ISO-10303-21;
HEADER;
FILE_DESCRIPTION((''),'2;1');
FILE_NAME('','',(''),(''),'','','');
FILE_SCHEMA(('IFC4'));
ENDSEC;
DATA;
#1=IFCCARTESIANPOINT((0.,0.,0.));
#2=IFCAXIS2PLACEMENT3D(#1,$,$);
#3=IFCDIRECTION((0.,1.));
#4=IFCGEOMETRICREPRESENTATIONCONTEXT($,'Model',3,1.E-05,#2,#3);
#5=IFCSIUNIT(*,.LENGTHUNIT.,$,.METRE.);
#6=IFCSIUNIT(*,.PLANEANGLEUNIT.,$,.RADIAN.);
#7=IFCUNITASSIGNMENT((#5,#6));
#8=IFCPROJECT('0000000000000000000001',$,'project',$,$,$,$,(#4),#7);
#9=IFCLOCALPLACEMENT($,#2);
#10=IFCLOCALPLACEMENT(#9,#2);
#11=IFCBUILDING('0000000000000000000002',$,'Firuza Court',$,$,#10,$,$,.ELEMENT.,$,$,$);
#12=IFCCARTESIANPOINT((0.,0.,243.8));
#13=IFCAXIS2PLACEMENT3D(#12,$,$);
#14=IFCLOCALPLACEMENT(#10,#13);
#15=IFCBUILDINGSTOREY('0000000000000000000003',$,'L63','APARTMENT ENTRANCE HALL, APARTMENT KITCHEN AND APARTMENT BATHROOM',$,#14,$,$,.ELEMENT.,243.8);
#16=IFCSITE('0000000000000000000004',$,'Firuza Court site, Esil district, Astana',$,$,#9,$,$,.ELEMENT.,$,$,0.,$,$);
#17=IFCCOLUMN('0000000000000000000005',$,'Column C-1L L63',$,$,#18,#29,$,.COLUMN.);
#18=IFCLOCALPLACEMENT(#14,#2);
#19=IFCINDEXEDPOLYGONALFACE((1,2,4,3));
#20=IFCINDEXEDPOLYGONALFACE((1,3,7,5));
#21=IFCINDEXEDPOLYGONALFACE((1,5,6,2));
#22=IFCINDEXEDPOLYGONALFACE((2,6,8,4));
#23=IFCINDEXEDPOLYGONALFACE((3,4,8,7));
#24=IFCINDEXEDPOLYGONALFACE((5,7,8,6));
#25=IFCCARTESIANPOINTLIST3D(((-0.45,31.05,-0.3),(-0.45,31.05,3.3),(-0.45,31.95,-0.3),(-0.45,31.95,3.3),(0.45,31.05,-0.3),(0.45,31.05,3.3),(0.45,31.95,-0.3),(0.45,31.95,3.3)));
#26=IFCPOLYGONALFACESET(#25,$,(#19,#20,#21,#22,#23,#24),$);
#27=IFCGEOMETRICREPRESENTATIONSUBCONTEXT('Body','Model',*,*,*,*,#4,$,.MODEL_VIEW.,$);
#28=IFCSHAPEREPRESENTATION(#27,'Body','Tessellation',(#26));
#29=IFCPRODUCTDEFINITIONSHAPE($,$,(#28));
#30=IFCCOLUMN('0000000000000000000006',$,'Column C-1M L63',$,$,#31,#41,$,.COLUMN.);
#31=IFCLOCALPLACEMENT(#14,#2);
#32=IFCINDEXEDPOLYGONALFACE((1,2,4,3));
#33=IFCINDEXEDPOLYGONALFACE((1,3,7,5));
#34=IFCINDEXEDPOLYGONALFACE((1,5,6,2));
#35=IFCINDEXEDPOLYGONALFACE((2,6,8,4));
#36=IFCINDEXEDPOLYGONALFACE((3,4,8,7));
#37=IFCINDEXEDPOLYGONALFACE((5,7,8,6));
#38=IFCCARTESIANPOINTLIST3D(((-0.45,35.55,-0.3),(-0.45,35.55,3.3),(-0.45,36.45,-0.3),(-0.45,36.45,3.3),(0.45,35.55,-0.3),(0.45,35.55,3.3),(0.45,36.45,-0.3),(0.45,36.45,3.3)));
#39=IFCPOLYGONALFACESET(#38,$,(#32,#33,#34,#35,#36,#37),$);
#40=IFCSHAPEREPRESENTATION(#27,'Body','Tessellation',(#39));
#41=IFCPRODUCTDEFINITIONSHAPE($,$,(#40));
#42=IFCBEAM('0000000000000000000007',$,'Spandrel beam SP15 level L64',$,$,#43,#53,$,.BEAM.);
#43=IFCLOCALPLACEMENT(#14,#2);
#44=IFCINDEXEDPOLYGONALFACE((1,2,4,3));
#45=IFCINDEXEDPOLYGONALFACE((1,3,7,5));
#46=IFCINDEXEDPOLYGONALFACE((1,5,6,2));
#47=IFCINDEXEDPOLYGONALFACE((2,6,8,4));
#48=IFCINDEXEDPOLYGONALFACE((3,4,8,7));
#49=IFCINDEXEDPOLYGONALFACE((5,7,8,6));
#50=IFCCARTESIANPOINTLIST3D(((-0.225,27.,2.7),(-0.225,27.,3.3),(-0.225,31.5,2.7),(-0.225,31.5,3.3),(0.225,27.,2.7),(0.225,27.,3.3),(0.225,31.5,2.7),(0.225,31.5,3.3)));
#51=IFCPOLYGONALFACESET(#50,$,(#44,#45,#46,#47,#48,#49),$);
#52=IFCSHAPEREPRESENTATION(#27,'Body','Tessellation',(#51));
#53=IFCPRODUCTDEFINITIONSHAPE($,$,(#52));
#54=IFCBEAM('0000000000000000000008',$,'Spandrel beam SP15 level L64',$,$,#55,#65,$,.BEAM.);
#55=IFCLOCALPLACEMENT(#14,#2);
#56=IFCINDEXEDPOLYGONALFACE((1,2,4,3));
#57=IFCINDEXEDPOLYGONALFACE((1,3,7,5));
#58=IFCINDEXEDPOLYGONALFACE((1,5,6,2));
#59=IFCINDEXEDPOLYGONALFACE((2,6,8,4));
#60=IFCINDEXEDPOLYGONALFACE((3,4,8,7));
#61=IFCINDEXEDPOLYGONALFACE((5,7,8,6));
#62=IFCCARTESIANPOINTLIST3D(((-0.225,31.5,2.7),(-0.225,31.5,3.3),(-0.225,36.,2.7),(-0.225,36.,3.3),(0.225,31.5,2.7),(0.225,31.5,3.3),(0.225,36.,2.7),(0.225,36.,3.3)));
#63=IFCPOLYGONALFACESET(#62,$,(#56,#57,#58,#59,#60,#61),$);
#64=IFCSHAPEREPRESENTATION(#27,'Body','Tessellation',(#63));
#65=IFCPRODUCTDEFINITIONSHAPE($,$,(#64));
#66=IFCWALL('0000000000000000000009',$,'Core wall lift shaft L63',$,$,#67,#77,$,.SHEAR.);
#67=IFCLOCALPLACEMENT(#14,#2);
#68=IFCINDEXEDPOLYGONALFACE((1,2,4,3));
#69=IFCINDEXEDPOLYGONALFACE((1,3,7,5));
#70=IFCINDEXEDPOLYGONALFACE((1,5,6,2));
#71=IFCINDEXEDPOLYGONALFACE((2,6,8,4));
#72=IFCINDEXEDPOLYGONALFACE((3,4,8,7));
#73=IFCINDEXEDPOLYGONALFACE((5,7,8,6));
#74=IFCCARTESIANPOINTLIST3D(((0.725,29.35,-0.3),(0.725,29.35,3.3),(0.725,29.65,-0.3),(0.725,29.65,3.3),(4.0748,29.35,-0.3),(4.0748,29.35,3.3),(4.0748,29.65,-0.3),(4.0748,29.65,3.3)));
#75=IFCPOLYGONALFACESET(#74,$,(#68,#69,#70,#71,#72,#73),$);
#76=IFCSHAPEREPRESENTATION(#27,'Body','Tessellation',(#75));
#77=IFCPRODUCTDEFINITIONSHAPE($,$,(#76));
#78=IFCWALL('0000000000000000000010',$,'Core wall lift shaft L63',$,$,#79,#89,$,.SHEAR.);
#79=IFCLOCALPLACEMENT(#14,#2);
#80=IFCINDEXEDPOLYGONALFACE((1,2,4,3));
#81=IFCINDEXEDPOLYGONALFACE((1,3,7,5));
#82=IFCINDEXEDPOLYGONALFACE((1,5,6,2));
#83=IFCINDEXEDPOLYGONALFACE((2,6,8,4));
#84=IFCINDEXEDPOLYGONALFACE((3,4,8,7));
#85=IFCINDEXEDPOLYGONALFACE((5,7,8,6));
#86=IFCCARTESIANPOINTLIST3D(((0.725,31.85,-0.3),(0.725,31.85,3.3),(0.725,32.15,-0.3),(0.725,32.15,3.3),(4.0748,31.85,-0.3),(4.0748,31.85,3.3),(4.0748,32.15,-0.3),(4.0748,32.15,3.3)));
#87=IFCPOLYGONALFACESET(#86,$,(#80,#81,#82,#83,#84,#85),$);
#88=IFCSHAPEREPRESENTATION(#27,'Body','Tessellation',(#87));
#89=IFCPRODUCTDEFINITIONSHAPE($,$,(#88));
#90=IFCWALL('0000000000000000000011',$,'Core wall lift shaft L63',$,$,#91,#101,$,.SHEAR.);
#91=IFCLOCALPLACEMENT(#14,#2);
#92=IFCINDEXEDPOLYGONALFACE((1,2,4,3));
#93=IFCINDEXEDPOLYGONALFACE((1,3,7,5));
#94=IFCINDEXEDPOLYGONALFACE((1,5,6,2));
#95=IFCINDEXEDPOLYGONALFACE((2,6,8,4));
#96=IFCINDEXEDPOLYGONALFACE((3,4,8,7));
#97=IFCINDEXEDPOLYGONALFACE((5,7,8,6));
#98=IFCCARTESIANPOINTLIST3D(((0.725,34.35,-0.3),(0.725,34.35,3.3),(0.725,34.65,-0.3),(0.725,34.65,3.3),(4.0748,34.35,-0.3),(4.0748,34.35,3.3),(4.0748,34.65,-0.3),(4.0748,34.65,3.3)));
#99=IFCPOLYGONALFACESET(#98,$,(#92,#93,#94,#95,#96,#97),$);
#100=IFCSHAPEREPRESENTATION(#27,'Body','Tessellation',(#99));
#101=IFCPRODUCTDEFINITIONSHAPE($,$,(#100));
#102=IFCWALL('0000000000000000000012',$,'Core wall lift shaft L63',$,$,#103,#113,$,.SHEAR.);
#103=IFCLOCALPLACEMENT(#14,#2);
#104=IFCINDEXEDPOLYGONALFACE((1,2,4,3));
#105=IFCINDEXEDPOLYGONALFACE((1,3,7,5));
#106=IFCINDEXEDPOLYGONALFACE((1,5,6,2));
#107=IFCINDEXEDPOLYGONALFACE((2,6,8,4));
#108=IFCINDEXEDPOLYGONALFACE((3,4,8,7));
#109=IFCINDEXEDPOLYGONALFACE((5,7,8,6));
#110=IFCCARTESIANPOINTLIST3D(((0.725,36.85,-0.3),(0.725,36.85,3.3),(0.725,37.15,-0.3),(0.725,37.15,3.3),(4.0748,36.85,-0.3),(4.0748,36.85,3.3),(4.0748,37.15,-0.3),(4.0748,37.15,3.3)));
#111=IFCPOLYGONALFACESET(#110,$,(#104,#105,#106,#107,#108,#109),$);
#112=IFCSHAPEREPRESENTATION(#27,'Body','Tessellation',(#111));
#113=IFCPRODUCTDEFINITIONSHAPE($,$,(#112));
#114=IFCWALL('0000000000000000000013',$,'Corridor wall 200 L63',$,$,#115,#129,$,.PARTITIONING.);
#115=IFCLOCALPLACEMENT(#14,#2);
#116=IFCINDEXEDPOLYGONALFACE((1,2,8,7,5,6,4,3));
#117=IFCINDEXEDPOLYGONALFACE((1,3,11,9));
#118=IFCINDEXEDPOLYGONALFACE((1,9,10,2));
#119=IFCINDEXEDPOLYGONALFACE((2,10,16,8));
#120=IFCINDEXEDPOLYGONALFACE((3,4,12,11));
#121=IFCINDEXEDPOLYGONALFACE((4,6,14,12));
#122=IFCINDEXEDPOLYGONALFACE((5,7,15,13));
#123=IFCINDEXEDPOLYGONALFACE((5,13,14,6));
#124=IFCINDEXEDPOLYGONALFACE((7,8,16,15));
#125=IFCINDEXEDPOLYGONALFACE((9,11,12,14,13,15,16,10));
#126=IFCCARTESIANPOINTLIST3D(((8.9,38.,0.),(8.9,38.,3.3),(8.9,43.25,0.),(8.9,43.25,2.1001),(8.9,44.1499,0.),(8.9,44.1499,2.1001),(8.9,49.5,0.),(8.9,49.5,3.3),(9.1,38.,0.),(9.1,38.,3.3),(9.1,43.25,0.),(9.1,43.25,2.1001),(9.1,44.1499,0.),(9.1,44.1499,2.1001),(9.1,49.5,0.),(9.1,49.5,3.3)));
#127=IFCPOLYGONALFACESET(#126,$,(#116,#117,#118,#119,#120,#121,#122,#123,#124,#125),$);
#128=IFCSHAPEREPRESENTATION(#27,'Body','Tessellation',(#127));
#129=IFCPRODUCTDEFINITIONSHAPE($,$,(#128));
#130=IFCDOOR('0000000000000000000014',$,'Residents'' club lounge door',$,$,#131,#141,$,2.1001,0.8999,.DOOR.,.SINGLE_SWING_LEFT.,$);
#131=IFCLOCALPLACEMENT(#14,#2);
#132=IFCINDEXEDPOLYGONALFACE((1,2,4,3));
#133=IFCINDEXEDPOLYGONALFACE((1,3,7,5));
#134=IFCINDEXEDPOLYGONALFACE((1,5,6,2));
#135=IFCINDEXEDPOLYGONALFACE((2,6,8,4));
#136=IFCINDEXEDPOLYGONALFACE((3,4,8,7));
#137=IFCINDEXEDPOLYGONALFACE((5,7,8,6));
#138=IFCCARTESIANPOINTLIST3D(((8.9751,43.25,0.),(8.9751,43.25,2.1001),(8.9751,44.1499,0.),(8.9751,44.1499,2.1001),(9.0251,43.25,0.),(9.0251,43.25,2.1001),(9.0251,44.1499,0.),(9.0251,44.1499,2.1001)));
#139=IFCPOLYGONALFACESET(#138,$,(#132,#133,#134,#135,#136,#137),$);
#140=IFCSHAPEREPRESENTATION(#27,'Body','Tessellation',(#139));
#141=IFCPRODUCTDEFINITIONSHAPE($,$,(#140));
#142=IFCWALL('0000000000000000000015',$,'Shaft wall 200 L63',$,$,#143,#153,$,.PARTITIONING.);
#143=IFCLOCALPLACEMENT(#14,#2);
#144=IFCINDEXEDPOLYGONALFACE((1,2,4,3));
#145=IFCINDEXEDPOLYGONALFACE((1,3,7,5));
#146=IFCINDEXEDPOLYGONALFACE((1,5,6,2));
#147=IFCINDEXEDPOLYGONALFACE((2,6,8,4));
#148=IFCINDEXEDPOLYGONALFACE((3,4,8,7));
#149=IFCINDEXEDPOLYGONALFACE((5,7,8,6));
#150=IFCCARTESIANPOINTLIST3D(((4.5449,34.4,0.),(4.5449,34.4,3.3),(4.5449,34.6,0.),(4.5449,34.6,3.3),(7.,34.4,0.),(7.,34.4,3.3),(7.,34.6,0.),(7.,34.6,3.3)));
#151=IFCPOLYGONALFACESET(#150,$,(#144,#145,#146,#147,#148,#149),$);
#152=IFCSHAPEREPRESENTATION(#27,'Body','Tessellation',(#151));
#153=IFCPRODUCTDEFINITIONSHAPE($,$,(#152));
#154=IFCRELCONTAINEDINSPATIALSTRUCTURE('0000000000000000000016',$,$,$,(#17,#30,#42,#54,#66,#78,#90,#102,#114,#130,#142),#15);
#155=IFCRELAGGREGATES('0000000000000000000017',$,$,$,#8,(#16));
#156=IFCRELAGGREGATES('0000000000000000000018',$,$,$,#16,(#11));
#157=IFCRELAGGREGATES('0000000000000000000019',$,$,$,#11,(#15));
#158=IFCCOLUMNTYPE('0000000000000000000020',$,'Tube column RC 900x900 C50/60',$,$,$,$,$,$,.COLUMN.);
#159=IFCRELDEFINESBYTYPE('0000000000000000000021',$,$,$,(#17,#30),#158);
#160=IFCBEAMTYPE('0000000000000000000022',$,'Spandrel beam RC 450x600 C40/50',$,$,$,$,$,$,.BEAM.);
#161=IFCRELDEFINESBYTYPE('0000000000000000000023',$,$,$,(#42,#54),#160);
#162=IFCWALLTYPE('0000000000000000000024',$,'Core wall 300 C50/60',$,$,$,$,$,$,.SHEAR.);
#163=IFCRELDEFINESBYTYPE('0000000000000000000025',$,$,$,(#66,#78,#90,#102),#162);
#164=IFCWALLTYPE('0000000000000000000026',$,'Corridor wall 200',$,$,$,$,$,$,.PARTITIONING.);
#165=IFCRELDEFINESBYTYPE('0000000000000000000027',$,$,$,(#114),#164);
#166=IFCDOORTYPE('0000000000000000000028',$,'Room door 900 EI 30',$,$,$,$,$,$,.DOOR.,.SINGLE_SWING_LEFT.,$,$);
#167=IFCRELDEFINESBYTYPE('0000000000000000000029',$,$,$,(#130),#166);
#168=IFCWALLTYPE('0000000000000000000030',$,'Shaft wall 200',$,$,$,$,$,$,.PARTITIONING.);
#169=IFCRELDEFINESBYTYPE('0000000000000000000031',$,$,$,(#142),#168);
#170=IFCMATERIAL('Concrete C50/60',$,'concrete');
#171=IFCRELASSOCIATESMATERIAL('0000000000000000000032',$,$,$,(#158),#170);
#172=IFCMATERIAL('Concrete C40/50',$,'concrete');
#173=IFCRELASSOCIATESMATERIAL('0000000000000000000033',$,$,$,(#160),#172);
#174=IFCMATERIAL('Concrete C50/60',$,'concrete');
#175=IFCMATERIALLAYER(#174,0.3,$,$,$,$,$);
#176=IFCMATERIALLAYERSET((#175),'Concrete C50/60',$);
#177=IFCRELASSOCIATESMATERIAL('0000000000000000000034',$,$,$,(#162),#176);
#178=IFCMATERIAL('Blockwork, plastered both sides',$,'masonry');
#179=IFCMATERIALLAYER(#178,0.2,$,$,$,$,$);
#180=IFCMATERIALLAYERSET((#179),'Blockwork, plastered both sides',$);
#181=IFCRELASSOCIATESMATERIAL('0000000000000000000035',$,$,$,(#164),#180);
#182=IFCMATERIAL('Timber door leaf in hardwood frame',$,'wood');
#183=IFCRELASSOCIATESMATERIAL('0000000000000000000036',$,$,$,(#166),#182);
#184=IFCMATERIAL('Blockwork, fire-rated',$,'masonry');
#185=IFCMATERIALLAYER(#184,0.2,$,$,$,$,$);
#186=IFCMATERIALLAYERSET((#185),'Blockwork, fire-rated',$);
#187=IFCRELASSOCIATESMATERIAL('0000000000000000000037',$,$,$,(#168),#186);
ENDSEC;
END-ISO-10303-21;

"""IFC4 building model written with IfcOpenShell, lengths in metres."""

from ifc_helpers import new_model, si_unit, direction, frame, frame_2d, origin, origin_2d, place, context, subcontext, project, spatial, rectangle, extrude, material, layer, layer_set, material_profile, profile_set, type_object, element, fill, save


model = new_model("IFC4")

# Units and contexts
model_context = context("Model", 3, precision=1e-05, world=origin(), true_north=direction((0.0, 1.0)))
body_context = subcontext(model_context, "Body", "Model", "MODEL_VIEW")
ifc_project = project(units=[si_unit("LENGTHUNIT", "METRE"), si_unit("PLANEANGLEUNIT", "RADIAN")], contexts=[model_context])

# Site, building, storey
site_placement = place(None, origin())
site = spatial("IfcSite", under=ifc_project, at=site_placement, Name="Firuza Court site, Esil district, Astana", CompositionType="ELEMENT", RefElevation=0.0)
building_placement = place(site_placement, origin())
building = spatial("IfcBuilding", under=site, at=building_placement, Name="Firuza Court", CompositionType="ELEMENT")
storey_placement = place(building_placement, frame((0.0, 0.0, 243.8)))
storey = spatial("IfcBuildingStorey", under=building, at=storey_placement, Name="L63", Description="APARTMENT ENTRANCE HALL, APARTMENT KITCHEN AND APARTMENT BATHROOM", CompositionType="ELEMENT", Elevation=243.8)

# Columns
ifc_material_1 = material(Name="Concrete C50/60", Category="concrete")
ifc_material_profile_1 = material_profile(ifc_material_1, rectangle(XDim=0.8999, YDim=0.8999, at=origin_2d()), Name="RC 900x900")
ifc_profile_set_1 = profile_set([ifc_material_profile_1], Name="Concrete C50/60")
column_type = type_object("IfcColumnType", Name="Tube column RC 900x900 C50/60", PredefinedType="COLUMN", material=ifc_profile_set_1)
for number, where, z_axis, x_axis, name in (
    (1, (0.0, 31.5, -0.3), (0.0, 0.0, 1.0), (1.0, 0.0, 0.0), "Column C-1L L63"),
    (2, (0.0, 36.0, -0.3), (0.0, 0.0, 1.0), (1.0, 0.0, 0.0), "Column C-1M L63"),
):
    element("IfcColumn", number, at=place(storey_placement, frame(where, z_axis=z_axis, x_axis=x_axis)), inside=storey, type_object=column_type, Name=name, PredefinedType="COLUMN", context=body_context, shape_type="SweptSolid", body=[
        extrude(rectangle(XDim=0.8999, YDim=0.8999, at=origin_2d()), origin(), (0.0, 0.0, 1.0), 3.6001),
    ])

# Beams
ifc_material_2 = material(Name="Concrete C40/50", Category="concrete")
ifc_material_profile_2 = material_profile(ifc_material_2, rectangle(XDim=0.45, YDim=0.6001, at=origin_2d()), Name="RC 450x600")
ifc_profile_set_2 = profile_set([ifc_material_profile_2], Name="Concrete C40/50")
beam_type = type_object("IfcBeamType", Name="Spandrel beam RC 450x600 C40/50", PredefinedType="BEAM", material=ifc_profile_set_2)
for number, where, z_axis, x_axis, name in (
    (3, (0.0, 31.5, 3.0), (0.0, -1.0, 0.0), (1.0, 0.0, 0.0), "Spandrel beam SP15 level L64"),
    (4, (0.0, 36.0, 3.0), (0.0, -1.0, 0.0), (1.0, 0.0, 0.0), "Spandrel beam SP15 level L64"),
):
    element("IfcBeam", number, at=place(storey_placement, frame(where, z_axis=z_axis, x_axis=x_axis)), inside=storey, type_object=beam_type, Name=name, PredefinedType="BEAM", context=body_context, shape_type="SweptSolid", body=[
        extrude(rectangle(XDim=0.45, YDim=0.6001, at=origin_2d()), origin(), (0.0, 0.0, 1.0), 4.5),
    ])

# Walls
ifc_material_3 = material(Name="Concrete C50/60", Category="concrete")
ifc_layer_1 = layer(ifc_material_3, 0.3)
ifc_layer_set_1 = layer_set([ifc_layer_1], Name="Concrete C50/60")
wall_type_1 = type_object("IfcWallType", Name="Core wall 300 C50/60", PredefinedType="SHEAR", material=ifc_layer_set_1)
for number, where, z_axis, x_axis, name in (
    (5, (0.7251, 29.5, -0.3), (0.0, 0.0, 1.0), (1.0, 0.0, 0.0), "Core wall lift shaft L63"),
    (6, (0.7251, 32.0, -0.3), (0.0, 0.0, 1.0), (1.0, 0.0, 0.0), "Core wall lift shaft L63"),
    (7, (0.7251, 34.5, -0.3), (0.0, 0.0, 1.0), (1.0, 0.0, 0.0), "Core wall lift shaft L63"),
    (8, (0.7251, 37.0, -0.3), (0.0, 0.0, 1.0), (1.0, 0.0, 0.0), "Core wall lift shaft L63"),
):
    element("IfcWall", number, at=place(storey_placement, frame(where, z_axis=z_axis, x_axis=x_axis)), inside=storey, type_object=wall_type_1, Name=name, PredefinedType="SHEAR", context=body_context, shape_type="SweptSolid", body=[
        extrude(rectangle(XDim=3.3499, YDim=0.3, at=frame_2d((1.6748, 0.0))), origin(), (0.0, 0.0, 1.0), 3.6001),
    ])

# Wall, opening, door
ifc_material_4 = material(Name="Blockwork, plastered both sides", Category="masonry")
ifc_layer_2 = layer(ifc_material_4, 0.2)
ifc_layer_set_2 = layer_set([ifc_layer_2], Name="Blockwork, plastered both sides")
wall_type_2 = type_object("IfcWallType", Name="Corridor wall 200", PredefinedType="PARTITIONING", material=ifc_layer_set_2)
wall_1_placement = place(storey_placement, frame((9.0, 38.0, 0.0), z_axis=(0.0, 0.0, 1.0), x_axis=(0.0, 1.0, 0.0)))
wall_1 = element("IfcWall", 9, at=wall_1_placement, inside=storey, type_object=wall_type_2, Name="Corridor wall 200 L63", PredefinedType="PARTITIONING", context=body_context, shape_type="SweptSolid", body=[
    extrude(rectangle(XDim=11.5, YDim=0.2, at=frame_2d((5.75, 0.0))), origin(), (0.0, 0.0, 1.0), 3.3),
])
opening_1_placement = place(wall_1_placement, frame((5.25, 0.0, 0.0)))
opening_1 = element("IfcOpeningElement", 10, at=opening_1_placement, cuts=wall_1, PredefinedType="OPENING", context=body_context, shape_type="SweptSolid", body=[
    extrude(rectangle(XDim=0.8999, YDim=2.1001, at=frame_2d((0.45, 1.05))), frame((0.0, 0.1118, 0.0), z_axis=(0.0, -1.0, 0.0), x_axis=(1.0, 0.0, 0.0)), (0.0, 0.0, 1.0), 0.2239),
])
ifc_material_5 = material(Name="Timber door leaf in hardwood frame", Category="wood")
door_type_1 = type_object("IfcDoorType", Name="Room door 900 EI 30", OperationType="SINGLE_SWING_LEFT", PredefinedType="DOOR", material=ifc_material_5)
door_1_placement = place(opening_1_placement, origin())
door_1 = element("IfcDoor", 11, at=door_1_placement, inside=storey, type_object=door_type_1, Name="Residents' club lounge door", OperationType="SINGLE_SWING_LEFT", OverallHeight=2.1001, OverallWidth=0.8999, PredefinedType="DOOR", context=body_context, shape_type="SweptSolid", body=[
    extrude(rectangle(XDim=0.8999, YDim=2.1001, at=frame_2d((0.45, 1.05))), frame((0.0, 0.0249, 0.0), z_axis=(0.0, -1.0, 0.0), x_axis=(1.0, 0.0, 0.0)), (0.0, 0.0, 1.0), 0.05),
])
fill(opening_1, door_1)

# Wall
ifc_material_6 = material(Name="Blockwork, fire-rated", Category="masonry")
ifc_layer_3 = layer(ifc_material_6, 0.2)
ifc_layer_set_3 = layer_set([ifc_layer_3], Name="Blockwork, fire-rated")
wall_type_3 = type_object("IfcWallType", Name="Shaft wall 200", PredefinedType="PARTITIONING", material=ifc_layer_set_3)
wall_2_placement = place(storey_placement, frame((4.5449, 34.5, 0.0), z_axis=(0.0, 0.0, 1.0), x_axis=(1.0, 0.0, 0.0)))
element("IfcWall", 12, at=wall_2_placement, inside=storey, type_object=wall_type_3, Name="Shaft wall 200 L63", PredefinedType="PARTITIONING", context=body_context, shape_type="SweptSolid", body=[
    extrude(rectangle(XDim=2.4551, YDim=0.2, at=frame_2d((1.2275, 0.0))), origin(), (0.0, 0.0, 1.0), 3.3),
])

save(model, "model.ifc")
